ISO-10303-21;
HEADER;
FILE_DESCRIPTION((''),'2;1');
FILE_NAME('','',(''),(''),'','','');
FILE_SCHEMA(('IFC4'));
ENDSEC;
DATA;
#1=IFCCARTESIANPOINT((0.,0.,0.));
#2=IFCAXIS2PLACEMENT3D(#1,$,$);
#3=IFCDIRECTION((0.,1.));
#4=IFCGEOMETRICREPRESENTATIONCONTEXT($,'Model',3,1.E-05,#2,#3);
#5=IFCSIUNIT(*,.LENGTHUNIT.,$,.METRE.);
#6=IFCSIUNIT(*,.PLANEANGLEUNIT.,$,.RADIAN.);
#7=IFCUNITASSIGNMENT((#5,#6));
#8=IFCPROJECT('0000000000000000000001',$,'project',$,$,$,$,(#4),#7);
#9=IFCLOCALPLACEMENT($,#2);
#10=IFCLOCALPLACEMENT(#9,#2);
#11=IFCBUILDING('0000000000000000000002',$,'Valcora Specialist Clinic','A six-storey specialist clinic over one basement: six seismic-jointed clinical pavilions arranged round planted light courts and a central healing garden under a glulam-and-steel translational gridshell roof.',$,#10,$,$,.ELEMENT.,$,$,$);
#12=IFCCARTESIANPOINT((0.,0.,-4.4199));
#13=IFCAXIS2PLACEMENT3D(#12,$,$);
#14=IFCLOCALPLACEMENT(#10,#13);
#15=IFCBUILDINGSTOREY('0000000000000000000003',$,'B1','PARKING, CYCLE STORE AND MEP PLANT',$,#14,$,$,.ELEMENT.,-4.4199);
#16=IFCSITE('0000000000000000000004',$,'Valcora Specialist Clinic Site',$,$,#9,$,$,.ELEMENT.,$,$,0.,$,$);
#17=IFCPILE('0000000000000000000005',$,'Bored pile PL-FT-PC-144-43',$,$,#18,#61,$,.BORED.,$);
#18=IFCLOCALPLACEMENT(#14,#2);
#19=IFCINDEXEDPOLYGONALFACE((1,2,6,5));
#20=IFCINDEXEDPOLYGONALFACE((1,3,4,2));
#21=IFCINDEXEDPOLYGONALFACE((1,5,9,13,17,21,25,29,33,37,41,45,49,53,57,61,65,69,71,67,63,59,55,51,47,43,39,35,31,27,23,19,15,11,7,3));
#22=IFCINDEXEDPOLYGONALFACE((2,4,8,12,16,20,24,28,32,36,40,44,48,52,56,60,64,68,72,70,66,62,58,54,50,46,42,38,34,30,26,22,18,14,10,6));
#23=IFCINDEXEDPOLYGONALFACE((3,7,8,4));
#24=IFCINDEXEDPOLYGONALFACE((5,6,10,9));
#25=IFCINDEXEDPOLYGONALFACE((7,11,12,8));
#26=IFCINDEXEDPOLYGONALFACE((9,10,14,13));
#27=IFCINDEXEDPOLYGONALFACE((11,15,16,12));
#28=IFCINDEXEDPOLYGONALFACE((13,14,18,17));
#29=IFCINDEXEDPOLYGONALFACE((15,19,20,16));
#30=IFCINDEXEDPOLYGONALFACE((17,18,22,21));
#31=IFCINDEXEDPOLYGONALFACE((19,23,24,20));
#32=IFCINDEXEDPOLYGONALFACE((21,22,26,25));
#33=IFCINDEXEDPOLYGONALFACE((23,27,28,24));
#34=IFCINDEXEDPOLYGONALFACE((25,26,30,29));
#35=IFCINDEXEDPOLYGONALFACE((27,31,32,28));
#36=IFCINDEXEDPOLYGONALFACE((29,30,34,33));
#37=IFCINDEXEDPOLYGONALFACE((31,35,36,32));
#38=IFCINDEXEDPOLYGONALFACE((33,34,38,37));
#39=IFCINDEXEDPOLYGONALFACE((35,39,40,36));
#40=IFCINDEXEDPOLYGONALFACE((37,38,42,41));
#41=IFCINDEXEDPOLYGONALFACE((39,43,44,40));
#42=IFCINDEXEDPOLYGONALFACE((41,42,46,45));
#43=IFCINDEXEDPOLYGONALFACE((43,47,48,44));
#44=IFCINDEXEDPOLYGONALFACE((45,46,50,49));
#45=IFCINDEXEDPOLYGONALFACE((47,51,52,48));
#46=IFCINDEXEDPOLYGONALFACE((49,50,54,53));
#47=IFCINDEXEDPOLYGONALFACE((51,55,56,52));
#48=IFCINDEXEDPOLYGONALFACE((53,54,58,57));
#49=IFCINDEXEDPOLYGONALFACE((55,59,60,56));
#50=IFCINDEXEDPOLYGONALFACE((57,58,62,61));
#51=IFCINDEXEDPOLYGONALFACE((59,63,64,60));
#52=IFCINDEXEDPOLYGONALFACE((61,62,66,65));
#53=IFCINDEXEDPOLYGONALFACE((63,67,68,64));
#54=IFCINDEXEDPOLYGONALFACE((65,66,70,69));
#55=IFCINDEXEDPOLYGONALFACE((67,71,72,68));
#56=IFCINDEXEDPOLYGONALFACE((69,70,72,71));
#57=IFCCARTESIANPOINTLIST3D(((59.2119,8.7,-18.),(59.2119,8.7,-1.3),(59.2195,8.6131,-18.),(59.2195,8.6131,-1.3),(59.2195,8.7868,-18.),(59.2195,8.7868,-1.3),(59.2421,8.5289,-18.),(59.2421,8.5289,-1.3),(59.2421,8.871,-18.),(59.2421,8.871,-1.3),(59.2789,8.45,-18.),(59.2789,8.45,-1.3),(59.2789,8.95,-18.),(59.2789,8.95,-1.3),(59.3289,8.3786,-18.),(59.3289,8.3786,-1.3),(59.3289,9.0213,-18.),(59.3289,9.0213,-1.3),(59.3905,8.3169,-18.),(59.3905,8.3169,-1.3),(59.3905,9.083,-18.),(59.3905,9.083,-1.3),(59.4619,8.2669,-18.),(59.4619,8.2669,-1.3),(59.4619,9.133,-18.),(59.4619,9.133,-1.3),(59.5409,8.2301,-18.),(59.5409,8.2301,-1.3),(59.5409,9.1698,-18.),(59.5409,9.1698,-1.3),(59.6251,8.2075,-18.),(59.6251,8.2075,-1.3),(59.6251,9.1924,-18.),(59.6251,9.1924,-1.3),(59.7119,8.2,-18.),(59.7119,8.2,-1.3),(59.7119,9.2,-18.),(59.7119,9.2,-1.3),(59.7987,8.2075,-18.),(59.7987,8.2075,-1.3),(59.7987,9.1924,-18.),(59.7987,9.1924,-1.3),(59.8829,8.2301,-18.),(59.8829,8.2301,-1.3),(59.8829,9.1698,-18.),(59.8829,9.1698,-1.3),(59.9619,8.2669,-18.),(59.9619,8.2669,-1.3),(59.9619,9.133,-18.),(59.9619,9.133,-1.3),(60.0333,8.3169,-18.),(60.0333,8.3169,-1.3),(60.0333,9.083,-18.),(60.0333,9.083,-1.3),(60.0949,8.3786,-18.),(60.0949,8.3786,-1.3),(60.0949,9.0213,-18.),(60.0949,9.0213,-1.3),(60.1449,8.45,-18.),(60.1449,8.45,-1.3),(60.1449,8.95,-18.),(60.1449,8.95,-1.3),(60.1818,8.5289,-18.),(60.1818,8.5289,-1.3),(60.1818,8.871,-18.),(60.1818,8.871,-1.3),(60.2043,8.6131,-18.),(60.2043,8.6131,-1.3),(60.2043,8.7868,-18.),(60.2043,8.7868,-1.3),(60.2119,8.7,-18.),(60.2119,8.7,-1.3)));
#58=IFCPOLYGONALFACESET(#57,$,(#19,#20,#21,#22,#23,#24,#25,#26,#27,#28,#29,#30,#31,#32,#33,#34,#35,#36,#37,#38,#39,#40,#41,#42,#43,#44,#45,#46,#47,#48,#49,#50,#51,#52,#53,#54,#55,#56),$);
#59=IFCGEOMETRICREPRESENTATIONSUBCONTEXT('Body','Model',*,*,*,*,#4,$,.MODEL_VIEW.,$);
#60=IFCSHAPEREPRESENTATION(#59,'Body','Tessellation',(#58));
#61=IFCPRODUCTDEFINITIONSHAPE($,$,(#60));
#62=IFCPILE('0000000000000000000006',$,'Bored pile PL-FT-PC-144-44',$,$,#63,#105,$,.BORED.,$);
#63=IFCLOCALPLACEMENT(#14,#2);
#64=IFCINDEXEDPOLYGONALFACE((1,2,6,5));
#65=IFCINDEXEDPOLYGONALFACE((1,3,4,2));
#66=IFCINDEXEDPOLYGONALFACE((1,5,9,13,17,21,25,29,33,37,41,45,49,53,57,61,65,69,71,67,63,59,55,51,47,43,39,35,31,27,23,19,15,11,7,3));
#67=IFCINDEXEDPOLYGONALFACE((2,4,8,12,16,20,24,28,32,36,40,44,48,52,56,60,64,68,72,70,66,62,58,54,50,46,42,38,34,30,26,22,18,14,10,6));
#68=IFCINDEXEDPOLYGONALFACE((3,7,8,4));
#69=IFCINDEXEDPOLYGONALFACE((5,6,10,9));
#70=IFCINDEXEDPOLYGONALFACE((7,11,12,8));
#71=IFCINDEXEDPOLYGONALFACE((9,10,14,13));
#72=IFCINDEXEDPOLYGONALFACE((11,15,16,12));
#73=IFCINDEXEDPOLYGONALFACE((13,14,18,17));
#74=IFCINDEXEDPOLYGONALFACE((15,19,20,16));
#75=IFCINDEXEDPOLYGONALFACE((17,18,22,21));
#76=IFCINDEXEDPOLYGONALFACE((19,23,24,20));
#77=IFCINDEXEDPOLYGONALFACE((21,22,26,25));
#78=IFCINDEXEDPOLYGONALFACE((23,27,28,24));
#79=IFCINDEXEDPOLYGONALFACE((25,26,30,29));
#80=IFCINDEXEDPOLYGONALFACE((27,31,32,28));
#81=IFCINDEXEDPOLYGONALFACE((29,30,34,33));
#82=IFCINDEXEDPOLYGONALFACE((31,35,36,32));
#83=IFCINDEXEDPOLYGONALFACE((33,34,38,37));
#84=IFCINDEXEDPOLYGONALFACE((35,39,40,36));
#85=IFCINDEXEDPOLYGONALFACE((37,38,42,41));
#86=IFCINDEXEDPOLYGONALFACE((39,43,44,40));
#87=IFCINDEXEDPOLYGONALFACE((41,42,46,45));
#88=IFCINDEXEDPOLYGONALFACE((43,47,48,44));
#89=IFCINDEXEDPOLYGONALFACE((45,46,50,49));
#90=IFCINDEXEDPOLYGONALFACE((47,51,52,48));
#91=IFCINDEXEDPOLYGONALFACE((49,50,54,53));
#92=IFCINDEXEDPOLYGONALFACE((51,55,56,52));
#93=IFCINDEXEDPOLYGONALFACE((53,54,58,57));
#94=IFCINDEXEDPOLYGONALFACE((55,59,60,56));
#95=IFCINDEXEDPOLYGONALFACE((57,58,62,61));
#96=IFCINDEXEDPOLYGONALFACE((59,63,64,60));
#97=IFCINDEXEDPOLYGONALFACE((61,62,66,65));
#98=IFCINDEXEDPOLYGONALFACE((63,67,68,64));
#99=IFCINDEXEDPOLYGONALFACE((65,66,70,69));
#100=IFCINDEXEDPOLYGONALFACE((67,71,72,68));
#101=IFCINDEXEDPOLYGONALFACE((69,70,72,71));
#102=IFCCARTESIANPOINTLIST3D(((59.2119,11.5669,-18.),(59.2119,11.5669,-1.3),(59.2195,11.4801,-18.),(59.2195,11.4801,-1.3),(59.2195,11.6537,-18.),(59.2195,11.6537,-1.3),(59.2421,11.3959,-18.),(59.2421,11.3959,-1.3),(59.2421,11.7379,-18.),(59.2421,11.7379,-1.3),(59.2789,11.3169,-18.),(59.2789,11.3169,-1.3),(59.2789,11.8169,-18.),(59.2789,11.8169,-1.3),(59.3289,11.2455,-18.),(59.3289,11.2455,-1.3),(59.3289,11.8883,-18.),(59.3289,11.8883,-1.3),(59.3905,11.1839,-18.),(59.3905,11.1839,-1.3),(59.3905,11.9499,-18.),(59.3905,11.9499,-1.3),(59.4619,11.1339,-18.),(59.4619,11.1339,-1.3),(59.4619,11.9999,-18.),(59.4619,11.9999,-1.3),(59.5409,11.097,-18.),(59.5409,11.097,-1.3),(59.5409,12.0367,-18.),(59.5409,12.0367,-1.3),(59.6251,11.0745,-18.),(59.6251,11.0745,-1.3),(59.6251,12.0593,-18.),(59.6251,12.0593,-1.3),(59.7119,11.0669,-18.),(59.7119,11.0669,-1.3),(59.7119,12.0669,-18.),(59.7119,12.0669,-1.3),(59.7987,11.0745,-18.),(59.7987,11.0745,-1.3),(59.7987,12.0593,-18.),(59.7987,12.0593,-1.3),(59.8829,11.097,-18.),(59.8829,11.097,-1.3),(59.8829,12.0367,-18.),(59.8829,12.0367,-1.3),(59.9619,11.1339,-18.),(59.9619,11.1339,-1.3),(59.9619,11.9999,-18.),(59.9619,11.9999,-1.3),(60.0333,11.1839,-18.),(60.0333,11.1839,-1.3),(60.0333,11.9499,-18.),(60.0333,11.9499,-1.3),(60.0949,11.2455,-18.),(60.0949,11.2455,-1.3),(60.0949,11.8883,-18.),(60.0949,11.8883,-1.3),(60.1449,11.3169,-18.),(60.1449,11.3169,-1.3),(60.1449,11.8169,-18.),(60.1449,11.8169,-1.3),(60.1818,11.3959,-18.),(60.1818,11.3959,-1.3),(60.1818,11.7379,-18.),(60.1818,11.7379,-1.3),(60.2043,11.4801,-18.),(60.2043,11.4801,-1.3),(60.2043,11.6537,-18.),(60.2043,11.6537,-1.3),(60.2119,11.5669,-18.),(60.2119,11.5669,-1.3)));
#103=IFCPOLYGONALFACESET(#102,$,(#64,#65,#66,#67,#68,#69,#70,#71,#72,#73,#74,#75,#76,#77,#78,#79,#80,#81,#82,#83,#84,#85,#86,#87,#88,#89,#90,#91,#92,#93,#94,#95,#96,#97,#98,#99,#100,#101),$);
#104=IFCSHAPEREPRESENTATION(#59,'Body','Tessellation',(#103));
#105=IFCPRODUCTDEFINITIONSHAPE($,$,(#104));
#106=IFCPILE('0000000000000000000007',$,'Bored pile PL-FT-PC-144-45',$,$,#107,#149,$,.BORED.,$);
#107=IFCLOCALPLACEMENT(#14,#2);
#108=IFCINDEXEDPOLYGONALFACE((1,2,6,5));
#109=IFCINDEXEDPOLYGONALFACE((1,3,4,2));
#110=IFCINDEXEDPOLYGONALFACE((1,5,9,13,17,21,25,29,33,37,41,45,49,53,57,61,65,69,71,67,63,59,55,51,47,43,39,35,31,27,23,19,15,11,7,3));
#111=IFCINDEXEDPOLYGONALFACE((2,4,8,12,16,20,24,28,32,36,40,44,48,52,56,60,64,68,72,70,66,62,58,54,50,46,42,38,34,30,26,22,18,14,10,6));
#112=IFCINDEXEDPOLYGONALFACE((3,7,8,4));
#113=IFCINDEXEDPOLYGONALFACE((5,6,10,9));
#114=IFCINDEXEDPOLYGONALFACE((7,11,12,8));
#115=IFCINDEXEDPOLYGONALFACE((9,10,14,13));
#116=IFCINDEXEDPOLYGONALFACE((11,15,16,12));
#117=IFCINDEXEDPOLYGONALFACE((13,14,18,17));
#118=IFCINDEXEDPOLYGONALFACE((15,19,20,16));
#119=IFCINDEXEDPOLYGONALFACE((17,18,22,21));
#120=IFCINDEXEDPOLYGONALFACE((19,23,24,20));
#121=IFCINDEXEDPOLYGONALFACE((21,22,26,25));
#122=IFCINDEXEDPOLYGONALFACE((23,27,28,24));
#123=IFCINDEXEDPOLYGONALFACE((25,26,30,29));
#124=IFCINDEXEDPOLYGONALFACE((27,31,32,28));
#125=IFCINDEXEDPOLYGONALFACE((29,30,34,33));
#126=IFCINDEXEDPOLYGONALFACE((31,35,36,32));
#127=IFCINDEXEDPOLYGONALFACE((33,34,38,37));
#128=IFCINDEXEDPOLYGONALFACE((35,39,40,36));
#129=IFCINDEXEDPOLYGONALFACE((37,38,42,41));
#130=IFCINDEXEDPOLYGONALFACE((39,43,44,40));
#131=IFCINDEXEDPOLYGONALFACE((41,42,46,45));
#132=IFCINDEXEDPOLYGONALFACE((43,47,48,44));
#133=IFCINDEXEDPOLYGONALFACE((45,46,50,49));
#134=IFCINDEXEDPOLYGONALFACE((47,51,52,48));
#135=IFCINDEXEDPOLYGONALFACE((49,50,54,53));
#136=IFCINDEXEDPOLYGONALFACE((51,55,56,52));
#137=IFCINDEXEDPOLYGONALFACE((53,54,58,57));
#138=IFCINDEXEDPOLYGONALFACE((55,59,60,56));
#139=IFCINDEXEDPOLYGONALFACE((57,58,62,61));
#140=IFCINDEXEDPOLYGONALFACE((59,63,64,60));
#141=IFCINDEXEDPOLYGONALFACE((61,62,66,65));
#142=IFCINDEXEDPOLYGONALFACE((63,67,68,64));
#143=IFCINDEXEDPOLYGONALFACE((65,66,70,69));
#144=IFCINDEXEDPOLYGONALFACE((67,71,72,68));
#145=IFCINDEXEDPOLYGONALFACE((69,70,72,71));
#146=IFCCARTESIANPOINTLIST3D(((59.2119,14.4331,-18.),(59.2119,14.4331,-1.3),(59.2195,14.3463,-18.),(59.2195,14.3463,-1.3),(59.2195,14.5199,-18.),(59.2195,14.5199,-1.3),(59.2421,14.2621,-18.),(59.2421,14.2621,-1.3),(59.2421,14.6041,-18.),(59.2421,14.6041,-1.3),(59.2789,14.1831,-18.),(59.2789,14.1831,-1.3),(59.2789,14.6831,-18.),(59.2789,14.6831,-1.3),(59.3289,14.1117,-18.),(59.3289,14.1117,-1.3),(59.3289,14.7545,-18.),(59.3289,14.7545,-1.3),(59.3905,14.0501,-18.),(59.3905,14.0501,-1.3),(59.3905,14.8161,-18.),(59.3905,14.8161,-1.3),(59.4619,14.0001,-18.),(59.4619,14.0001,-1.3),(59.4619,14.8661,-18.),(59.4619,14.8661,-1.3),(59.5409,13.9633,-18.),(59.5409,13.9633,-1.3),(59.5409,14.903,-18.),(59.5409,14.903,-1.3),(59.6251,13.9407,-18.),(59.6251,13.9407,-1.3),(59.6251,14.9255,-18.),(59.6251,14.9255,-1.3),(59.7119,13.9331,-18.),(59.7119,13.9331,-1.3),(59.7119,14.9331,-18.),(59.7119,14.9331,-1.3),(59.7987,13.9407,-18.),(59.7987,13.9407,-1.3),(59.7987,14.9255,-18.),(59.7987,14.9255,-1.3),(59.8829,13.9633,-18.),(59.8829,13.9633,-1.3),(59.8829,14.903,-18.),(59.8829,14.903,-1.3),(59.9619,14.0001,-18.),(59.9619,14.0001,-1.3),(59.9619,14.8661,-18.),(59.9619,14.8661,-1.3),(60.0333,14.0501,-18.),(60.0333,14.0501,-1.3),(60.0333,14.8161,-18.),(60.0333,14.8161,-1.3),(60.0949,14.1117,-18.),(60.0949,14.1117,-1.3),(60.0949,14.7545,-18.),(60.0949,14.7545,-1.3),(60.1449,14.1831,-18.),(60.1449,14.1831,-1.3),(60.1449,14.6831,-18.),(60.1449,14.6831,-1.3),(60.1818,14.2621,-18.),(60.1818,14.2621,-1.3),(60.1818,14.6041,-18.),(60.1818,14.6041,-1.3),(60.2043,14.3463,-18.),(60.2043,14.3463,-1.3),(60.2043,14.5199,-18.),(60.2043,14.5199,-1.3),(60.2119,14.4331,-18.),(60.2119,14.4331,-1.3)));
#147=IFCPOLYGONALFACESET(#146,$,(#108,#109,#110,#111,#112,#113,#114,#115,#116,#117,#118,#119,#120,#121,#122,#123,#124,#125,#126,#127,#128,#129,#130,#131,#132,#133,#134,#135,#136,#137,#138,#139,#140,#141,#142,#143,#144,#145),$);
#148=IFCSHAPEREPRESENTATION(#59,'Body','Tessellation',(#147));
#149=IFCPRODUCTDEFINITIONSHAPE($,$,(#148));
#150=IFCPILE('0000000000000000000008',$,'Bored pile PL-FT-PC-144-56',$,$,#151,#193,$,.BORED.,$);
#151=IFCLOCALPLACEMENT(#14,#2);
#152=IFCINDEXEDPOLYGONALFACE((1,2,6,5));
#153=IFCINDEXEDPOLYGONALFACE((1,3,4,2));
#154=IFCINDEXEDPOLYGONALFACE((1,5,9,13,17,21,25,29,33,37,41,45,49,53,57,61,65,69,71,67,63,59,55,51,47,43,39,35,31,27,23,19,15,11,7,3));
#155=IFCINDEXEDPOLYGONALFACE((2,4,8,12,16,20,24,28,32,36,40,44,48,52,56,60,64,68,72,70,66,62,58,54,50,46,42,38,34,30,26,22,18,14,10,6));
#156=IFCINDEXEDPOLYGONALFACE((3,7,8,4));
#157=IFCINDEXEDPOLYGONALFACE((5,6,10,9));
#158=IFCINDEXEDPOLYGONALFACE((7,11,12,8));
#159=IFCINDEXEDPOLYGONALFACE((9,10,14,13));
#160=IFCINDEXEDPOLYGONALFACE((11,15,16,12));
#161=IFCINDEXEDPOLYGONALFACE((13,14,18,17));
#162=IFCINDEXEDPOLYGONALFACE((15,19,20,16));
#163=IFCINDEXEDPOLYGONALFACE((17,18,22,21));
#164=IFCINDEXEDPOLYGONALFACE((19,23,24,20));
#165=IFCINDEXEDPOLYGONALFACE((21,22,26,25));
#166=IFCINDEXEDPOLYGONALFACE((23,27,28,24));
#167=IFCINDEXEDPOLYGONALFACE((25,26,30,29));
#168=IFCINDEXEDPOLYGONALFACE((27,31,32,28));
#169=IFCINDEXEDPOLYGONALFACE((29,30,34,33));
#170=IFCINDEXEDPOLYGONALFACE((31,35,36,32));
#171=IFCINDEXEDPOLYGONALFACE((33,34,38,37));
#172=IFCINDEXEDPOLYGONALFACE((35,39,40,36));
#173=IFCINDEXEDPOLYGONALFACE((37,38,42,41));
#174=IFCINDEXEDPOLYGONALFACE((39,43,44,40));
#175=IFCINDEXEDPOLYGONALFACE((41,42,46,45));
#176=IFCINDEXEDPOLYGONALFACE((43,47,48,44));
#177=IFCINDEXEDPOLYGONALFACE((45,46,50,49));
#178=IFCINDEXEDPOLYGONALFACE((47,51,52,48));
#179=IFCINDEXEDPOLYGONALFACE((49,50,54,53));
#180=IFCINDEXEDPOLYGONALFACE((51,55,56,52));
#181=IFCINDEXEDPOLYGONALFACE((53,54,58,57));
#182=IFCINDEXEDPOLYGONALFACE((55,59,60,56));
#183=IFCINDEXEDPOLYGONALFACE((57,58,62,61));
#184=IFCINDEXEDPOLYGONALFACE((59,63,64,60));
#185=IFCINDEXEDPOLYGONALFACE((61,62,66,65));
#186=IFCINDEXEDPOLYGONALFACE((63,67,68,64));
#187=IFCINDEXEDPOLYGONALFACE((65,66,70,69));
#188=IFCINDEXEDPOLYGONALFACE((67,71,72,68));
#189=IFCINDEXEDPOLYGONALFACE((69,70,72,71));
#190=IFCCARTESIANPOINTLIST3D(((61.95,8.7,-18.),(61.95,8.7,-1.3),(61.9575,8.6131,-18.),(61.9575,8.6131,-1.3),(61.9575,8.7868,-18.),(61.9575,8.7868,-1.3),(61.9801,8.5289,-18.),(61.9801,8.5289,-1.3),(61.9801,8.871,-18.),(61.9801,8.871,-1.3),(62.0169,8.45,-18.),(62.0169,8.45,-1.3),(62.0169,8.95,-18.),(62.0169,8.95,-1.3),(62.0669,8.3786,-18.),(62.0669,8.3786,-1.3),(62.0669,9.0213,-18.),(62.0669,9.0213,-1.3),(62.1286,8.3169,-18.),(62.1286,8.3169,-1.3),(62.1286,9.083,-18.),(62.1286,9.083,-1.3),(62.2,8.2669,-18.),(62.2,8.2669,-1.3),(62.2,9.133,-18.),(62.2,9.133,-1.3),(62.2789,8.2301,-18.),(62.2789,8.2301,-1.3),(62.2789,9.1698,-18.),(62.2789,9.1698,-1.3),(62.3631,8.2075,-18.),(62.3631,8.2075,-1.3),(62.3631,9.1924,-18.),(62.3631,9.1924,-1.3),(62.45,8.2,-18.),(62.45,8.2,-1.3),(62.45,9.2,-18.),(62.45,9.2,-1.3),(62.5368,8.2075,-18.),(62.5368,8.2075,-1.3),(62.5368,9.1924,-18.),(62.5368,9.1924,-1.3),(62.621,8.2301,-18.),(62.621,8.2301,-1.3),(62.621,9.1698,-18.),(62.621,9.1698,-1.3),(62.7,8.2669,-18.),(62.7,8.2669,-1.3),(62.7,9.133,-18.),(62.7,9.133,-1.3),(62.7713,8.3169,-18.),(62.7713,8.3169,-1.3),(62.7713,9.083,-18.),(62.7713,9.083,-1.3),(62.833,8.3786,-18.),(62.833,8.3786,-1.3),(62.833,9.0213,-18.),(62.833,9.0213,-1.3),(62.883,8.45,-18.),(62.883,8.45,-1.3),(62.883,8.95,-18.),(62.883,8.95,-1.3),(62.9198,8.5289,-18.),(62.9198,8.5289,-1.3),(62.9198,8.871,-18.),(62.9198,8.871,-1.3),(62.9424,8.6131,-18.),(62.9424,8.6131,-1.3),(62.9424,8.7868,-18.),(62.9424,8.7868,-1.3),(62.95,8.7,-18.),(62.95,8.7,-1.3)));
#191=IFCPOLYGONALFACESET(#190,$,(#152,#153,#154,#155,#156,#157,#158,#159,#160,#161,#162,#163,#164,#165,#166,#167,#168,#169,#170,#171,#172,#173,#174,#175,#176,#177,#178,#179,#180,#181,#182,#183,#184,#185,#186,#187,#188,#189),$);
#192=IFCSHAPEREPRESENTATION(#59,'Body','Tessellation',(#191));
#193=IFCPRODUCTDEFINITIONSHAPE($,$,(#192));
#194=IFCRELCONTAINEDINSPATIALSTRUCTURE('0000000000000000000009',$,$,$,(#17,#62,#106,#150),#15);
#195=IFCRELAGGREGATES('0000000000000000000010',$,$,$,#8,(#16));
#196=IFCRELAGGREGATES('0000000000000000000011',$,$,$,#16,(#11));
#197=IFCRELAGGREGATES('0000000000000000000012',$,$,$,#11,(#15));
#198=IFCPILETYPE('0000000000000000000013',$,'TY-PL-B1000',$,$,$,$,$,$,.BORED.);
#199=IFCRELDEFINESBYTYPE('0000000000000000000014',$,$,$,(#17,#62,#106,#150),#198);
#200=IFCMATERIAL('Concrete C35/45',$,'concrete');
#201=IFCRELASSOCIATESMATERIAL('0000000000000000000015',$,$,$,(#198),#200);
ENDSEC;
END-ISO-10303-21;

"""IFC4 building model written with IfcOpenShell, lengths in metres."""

from ifc_helpers import new_model, si_unit, direction, frame, origin, origin_2d, place, context, subcontext, project, spatial, circle, extrude, material, material_profile, profile_set, type_object, element, save


model = new_model("IFC4")

# Units and contexts
model_context = context("Model", 3, precision=1e-05, world=origin(), true_north=direction((0.0, 1.0)))
body_context = subcontext(model_context, "Body", "Model", "MODEL_VIEW")
ifc_project = project(units=[si_unit("LENGTHUNIT", "METRE"), si_unit("PLANEANGLEUNIT", "RADIAN")], contexts=[model_context])

# Site, building, storey
site_placement = place(None, origin())
site = spatial("IfcSite", under=ifc_project, at=site_placement, Name="Valcora Specialist Clinic Site", CompositionType="ELEMENT", RefElevation=0.0)
building_placement = place(site_placement, origin())
building = spatial("IfcBuilding", under=site, at=building_placement, Name="Valcora Specialist Clinic", Description="A six-storey specialist clinic over one basement: six seismic-jointed clinical pavilions arranged round planted light courts and a central healing garden under a glulam-and-steel translational gridshell roof.", CompositionType="ELEMENT")
storey_placement = place(building_placement, frame((0.0, 0.0, -4.4199)))
storey = spatial("IfcBuildingStorey", under=building, at=storey_placement, Name="B1", Description="PARKING, CYCLE STORE AND MEP PLANT", CompositionType="ELEMENT", Elevation=-4.4199)

# Piles
ifc_material_1 = material(Name="Concrete C35/45", Category="concrete")
ifc_material_profile_1 = material_profile(ifc_material_1, circle(Radius=0.5, at=origin_2d()), Name="RC-PIL-D1000")
ifc_profile_set_1 = profile_set([ifc_material_profile_1], Name="Concrete C35/45")
pile_type = type_object("IfcPileType", Name="TY-PL-B1000", PredefinedType="BORED", material=ifc_profile_set_1)
for number, where, z_axis, x_axis, name in (
    (1, (59.7119, 8.7, -1.3), (0.0, 0.0, -1.0), (1.0, 0.0, 0.0), "Bored pile PL-FT-PC-144-43"),
    (2, (59.7119, 11.5669, -1.3), (0.0, 0.0, -1.0), (1.0, 0.0, 0.0), "Bored pile PL-FT-PC-144-44"),
    (3, (59.7119, 14.4331, -1.3), (0.0, 0.0, -1.0), (1.0, 0.0, 0.0), "Bored pile PL-FT-PC-144-45"),
    (4, (62.45, 8.7, -1.3), (0.0, 0.0, -1.0), (1.0, 0.0, 0.0), "Bored pile PL-FT-PC-144-56"),
):
    element("IfcPile", number, at=place(storey_placement, frame(where, z_axis=z_axis, x_axis=x_axis)), inside=storey, type_object=pile_type, Name=name, PredefinedType="BORED", context=body_context, shape_type="SweptSolid", body=[
        extrude(circle(Radius=0.5, at=origin_2d()), origin(), (0.0, 0.0, 1.0), 16.7),
    ])

save(model, "model.ifc")
